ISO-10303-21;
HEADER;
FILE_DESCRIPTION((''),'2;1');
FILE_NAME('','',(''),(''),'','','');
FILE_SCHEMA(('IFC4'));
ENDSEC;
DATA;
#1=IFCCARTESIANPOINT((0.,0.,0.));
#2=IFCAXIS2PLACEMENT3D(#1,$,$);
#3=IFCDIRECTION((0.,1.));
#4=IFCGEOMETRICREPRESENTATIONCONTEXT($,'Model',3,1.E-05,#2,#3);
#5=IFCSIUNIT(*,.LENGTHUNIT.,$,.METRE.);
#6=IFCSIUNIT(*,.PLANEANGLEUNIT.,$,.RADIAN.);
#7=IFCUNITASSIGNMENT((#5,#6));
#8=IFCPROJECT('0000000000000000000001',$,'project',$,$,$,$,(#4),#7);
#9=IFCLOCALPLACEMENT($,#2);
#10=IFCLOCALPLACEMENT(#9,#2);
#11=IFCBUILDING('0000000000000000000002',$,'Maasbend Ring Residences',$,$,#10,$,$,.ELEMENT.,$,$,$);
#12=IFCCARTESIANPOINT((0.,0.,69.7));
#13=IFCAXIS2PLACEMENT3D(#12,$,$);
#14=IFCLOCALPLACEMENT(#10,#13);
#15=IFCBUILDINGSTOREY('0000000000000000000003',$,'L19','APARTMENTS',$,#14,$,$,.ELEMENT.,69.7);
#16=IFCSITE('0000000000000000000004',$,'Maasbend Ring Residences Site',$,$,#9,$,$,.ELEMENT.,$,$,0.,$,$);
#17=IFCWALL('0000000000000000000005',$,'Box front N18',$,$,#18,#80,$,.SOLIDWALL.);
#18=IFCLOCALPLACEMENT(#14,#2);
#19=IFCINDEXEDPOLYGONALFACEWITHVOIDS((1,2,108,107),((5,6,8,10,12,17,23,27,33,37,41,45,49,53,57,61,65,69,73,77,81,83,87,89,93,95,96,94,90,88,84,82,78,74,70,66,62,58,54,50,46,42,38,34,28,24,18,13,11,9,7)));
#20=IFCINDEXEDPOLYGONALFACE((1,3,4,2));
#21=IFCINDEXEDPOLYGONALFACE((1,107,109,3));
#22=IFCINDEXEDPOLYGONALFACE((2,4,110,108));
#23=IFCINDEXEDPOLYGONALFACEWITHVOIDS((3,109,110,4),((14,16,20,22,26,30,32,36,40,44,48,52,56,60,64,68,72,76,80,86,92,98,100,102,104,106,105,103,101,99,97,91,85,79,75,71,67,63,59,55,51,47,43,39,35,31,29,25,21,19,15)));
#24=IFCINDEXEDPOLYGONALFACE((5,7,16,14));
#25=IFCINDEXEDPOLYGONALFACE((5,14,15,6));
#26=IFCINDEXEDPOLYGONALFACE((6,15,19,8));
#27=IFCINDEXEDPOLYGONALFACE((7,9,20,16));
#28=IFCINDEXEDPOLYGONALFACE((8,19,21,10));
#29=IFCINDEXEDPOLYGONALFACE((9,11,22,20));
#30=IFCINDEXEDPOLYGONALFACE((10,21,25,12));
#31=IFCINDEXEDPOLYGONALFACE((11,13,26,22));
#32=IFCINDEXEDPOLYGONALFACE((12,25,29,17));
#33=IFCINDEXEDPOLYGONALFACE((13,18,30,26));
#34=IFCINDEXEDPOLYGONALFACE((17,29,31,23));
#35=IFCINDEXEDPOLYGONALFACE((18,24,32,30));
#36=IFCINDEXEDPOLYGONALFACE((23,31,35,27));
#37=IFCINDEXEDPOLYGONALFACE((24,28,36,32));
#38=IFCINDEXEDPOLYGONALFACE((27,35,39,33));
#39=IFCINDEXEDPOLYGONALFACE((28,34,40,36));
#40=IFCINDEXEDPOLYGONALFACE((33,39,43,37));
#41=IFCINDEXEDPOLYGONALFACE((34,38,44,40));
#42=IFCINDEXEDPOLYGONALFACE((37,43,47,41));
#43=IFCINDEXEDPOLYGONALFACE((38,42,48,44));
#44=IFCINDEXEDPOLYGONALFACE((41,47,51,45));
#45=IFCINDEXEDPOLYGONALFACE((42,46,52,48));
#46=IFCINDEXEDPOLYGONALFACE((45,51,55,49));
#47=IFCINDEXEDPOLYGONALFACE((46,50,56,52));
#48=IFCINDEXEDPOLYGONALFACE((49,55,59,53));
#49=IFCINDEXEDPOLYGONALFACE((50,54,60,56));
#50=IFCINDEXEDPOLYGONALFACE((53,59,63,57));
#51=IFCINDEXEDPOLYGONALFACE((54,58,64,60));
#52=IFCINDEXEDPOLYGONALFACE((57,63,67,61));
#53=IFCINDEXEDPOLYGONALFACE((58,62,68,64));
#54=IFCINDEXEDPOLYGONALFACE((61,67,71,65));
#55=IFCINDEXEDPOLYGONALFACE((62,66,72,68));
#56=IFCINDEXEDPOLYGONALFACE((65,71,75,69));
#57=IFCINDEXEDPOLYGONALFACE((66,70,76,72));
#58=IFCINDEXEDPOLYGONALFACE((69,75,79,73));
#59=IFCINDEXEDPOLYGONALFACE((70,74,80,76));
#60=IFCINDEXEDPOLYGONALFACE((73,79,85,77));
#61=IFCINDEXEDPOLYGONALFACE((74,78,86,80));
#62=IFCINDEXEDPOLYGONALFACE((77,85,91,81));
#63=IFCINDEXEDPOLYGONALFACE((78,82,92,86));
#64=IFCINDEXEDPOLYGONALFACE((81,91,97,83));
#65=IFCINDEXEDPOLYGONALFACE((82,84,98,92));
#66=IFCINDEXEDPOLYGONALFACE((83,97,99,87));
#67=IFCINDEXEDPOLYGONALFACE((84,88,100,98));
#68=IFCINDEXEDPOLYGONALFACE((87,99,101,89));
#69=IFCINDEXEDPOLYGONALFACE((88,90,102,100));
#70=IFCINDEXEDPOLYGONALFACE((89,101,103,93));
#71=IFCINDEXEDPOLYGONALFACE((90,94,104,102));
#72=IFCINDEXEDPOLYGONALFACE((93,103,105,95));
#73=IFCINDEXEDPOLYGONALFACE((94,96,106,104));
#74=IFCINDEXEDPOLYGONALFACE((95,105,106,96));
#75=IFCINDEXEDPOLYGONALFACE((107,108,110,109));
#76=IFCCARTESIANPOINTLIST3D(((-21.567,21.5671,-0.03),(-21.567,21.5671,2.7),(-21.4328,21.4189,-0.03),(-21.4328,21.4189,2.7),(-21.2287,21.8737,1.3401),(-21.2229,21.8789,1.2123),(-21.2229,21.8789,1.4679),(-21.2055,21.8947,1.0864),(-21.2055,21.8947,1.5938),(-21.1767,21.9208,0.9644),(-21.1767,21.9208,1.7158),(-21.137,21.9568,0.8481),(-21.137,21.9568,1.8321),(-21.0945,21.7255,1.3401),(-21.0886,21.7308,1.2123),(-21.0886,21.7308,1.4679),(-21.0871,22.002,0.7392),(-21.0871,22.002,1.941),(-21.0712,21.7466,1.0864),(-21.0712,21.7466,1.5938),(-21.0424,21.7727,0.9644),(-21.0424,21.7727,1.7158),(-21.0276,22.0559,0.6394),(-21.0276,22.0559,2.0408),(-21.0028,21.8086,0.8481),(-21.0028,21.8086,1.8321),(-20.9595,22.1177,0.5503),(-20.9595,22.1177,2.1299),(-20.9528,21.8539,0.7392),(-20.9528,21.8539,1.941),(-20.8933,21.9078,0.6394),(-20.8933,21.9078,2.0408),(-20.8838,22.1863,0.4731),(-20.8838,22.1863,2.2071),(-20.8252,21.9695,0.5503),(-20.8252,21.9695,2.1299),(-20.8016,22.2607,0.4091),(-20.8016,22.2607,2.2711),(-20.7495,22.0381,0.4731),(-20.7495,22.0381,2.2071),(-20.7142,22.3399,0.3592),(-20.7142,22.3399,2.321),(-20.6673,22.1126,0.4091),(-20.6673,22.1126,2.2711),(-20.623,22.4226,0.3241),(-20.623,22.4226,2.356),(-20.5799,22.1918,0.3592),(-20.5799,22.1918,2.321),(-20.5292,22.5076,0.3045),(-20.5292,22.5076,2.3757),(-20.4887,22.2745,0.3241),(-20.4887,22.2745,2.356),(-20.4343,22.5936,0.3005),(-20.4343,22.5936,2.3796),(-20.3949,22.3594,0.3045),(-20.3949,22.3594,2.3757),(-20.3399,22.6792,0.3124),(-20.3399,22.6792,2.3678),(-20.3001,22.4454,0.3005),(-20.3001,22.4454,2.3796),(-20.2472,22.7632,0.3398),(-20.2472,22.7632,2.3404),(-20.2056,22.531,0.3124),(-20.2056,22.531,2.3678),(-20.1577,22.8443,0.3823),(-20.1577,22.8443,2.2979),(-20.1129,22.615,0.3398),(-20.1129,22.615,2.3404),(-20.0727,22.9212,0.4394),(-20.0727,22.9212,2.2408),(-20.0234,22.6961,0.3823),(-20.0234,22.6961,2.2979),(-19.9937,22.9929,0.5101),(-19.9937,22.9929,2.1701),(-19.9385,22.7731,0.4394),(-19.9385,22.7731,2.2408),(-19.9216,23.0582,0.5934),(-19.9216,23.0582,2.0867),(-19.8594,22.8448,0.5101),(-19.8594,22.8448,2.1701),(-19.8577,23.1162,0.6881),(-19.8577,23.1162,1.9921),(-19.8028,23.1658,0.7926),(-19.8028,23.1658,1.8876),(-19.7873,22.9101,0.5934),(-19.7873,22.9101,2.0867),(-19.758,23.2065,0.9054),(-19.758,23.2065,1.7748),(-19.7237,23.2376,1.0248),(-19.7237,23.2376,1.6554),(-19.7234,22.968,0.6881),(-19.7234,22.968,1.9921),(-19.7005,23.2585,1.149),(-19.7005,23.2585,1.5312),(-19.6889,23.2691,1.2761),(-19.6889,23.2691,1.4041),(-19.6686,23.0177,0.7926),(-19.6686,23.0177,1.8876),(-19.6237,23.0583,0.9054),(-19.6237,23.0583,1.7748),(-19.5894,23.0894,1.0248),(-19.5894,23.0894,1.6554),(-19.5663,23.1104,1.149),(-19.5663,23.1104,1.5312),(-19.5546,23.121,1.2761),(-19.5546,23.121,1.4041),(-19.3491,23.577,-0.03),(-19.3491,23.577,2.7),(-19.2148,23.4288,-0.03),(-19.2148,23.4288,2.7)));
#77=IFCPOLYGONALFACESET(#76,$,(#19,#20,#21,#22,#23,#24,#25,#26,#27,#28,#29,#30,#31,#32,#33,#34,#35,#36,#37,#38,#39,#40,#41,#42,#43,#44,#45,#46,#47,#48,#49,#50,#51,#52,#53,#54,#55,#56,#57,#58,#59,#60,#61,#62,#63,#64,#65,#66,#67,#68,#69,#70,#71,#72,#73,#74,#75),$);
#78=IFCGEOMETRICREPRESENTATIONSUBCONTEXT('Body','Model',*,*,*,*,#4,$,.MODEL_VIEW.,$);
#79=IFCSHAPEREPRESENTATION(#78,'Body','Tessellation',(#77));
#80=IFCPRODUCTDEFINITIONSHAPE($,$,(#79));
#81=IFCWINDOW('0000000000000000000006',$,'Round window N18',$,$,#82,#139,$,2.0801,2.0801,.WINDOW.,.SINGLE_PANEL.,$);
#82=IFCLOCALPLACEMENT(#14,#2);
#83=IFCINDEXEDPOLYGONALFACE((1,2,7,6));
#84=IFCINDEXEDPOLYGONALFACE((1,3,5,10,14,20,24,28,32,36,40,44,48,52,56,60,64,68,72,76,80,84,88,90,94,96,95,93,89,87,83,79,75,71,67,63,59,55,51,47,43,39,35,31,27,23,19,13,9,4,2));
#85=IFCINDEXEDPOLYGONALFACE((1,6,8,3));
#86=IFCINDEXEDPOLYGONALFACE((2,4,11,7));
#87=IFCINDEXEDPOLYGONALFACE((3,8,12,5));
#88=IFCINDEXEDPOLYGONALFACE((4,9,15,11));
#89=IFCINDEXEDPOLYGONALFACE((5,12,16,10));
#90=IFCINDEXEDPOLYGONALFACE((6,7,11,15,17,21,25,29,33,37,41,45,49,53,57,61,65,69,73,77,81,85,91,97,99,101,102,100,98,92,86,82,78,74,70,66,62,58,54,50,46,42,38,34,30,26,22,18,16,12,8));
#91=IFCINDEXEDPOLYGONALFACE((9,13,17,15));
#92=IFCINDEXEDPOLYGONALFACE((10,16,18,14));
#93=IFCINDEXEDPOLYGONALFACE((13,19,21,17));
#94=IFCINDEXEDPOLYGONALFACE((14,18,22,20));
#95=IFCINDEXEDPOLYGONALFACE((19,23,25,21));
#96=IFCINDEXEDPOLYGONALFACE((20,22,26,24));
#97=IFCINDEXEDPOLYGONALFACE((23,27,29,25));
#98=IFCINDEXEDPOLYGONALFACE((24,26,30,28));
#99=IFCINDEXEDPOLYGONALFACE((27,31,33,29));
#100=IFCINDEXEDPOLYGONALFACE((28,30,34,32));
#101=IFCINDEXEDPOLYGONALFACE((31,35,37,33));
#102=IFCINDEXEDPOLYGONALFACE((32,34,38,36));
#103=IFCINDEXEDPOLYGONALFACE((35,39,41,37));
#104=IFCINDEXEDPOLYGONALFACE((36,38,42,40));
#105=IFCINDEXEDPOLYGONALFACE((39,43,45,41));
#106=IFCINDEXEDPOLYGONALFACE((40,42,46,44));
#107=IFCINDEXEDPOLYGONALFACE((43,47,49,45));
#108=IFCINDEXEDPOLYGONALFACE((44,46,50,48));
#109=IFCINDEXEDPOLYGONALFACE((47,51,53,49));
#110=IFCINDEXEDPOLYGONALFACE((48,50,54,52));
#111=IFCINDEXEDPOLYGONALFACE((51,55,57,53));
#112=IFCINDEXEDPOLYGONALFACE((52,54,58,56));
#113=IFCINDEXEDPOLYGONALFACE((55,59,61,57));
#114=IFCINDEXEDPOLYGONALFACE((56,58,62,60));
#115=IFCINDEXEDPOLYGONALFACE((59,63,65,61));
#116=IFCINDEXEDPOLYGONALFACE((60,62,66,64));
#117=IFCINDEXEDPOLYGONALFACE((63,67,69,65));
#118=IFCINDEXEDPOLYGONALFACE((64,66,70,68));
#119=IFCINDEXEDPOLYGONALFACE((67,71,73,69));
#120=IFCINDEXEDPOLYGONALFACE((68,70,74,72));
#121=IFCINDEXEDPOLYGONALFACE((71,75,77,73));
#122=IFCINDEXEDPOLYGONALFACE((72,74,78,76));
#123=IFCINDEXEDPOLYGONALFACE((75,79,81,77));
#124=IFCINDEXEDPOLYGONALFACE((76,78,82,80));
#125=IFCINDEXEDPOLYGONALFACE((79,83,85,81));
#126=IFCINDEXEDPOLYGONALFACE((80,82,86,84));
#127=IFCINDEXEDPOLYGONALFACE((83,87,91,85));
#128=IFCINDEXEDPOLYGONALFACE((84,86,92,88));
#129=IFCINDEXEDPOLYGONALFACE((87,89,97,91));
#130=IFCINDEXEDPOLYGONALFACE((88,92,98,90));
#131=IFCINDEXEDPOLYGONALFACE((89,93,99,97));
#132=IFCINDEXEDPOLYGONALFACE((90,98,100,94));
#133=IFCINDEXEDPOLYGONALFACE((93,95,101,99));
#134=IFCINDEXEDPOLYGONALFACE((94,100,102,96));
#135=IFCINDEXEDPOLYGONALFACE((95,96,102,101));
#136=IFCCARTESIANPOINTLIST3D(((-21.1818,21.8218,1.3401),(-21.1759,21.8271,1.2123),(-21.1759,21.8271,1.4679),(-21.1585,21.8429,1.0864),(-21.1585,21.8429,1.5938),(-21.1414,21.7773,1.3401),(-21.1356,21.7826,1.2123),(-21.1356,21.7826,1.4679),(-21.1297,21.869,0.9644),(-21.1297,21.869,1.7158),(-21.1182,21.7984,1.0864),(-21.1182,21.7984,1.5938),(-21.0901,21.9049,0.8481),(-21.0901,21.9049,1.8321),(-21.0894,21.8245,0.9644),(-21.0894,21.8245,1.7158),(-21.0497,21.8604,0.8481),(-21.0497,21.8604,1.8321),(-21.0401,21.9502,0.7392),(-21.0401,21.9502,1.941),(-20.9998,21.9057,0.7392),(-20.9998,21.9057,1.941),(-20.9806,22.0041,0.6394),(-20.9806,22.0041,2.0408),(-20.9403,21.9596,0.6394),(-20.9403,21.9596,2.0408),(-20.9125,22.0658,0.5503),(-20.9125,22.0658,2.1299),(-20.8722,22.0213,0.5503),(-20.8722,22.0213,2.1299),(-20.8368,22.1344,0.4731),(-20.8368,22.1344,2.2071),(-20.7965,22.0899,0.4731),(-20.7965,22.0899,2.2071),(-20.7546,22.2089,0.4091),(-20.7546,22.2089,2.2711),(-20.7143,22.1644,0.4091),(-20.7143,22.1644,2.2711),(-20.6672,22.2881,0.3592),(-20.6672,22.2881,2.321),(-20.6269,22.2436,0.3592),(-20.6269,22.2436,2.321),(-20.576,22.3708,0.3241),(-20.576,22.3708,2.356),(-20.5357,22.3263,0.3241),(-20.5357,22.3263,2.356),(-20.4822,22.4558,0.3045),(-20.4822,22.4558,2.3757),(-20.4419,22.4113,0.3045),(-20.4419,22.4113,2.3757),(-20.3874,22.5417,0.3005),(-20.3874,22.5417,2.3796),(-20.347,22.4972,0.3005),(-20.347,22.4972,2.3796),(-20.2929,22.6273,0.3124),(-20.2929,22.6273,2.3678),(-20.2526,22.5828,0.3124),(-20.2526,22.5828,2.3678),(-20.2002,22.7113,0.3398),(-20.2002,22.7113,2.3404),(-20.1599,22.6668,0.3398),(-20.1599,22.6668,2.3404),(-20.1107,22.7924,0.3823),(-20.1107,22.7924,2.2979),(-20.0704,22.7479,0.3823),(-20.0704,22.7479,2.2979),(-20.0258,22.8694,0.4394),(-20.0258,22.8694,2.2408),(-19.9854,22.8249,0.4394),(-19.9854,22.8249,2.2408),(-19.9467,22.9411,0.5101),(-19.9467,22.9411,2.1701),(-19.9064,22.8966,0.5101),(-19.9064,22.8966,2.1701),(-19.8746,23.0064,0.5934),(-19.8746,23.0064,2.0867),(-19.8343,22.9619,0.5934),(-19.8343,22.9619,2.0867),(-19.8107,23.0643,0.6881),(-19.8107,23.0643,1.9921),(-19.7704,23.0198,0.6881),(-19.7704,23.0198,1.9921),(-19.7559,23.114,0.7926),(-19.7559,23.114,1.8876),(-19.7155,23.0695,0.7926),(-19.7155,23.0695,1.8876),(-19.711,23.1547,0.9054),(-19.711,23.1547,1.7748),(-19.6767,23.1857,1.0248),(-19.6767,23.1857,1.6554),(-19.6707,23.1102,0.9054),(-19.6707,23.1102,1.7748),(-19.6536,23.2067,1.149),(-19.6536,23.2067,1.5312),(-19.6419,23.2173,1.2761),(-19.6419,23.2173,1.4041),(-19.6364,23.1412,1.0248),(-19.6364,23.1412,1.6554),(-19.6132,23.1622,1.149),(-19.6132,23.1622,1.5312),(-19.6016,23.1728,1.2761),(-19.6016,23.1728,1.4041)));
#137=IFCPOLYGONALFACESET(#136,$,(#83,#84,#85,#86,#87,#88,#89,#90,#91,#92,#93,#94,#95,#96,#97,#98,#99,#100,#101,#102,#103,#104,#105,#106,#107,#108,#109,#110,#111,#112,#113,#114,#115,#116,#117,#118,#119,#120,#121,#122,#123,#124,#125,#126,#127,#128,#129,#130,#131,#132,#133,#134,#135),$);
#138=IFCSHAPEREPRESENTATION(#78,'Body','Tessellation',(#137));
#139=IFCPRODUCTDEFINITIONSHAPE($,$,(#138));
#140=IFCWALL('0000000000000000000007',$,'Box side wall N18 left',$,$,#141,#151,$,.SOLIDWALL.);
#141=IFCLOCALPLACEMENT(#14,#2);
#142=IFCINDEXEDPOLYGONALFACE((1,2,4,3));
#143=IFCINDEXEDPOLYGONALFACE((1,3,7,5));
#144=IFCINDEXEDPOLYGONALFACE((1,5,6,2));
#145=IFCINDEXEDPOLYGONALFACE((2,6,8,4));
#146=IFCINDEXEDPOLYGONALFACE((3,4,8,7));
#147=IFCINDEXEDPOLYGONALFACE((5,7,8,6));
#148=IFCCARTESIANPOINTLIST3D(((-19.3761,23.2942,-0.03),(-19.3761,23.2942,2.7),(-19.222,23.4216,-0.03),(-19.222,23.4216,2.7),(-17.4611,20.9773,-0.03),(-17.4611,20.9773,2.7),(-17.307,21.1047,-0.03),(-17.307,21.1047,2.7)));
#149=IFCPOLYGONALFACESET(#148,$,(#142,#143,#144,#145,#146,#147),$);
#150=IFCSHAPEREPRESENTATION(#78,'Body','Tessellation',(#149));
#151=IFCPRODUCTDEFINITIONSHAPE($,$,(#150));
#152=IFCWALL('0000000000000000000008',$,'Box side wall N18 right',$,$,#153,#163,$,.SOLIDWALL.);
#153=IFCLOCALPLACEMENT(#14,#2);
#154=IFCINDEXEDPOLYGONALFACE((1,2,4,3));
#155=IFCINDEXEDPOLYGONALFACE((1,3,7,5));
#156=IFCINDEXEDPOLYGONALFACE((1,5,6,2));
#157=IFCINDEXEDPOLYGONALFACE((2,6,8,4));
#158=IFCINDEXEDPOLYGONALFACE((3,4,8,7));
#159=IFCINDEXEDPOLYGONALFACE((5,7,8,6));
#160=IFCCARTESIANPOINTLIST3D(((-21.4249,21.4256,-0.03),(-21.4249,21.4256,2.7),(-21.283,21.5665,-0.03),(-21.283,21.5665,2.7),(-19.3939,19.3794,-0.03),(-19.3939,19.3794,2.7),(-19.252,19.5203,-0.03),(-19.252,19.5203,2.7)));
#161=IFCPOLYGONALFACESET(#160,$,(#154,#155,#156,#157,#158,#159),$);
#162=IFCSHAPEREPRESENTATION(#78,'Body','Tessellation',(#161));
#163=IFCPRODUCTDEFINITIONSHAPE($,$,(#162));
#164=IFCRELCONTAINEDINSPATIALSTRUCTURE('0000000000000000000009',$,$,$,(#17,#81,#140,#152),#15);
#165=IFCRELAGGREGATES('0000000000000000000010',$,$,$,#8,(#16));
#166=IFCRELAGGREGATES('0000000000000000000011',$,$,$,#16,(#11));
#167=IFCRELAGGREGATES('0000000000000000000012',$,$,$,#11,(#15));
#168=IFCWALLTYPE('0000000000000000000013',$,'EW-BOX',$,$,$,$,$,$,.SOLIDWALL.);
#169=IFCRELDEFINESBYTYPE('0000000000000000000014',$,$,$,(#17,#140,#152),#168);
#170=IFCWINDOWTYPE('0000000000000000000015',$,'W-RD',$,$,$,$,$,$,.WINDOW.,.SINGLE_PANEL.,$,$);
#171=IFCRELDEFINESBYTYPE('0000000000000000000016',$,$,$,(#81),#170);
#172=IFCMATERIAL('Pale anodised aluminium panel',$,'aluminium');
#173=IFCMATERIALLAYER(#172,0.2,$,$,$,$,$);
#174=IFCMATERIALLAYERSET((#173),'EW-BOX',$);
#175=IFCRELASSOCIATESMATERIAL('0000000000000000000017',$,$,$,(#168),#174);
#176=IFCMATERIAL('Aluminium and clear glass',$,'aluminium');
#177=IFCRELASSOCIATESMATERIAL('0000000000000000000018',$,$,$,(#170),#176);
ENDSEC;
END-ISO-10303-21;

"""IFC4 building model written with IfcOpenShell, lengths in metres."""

from ifc_helpers import new_model, si_unit, direction, frame, frame_2d, origin, place, context, subcontext, project, spatial, rectangle, circle, extrude, material, layer, layer_set, type_object, element, fill, save


model = new_model("IFC4")

# Units and contexts
model_context = context("Model", 3, precision=1e-05, world=origin(), true_north=direction((0.0, 1.0)))
body_context = subcontext(model_context, "Body", "Model", "MODEL_VIEW")
ifc_project = project(units=[si_unit("LENGTHUNIT", "METRE"), si_unit("PLANEANGLEUNIT", "RADIAN")], contexts=[model_context])

# Site, building, storey
site_placement = place(None, origin())
site = spatial("IfcSite", under=ifc_project, at=site_placement, Name="Maasbend Ring Residences Site", CompositionType="ELEMENT", RefElevation=0.0)
building_placement = place(site_placement, origin())
building = spatial("IfcBuilding", under=site, at=building_placement, Name="Maasbend Ring Residences", CompositionType="ELEMENT")
storey_placement = place(building_placement, frame((0.0, 0.0, 69.7)))
storey = spatial("IfcBuildingStorey", under=building, at=storey_placement, Name="L19", Description="APARTMENTS", CompositionType="ELEMENT", Elevation=69.7)

# Shared definitions
ifc_material_1 = material(Name="Pale anodised aluminium panel", Category="aluminium")
ifc_layer_1 = layer(ifc_material_1, 0.2)
ifc_layer_set_1 = layer_set([ifc_layer_1], Name="EW-BOX")
wall_type_1 = type_object("IfcWallType", Name="EW-BOX", PredefinedType="SOLIDWALL", material=ifc_layer_set_1)
ifc_material_2 = material(Name="Aluminium and clear glass", Category="aluminium")
window_type_1 = type_object("IfcWindowType", Name="W-RD", PartitioningType="SINGLE_PANEL", PredefinedType="WINDOW", material=ifc_material_2)

# Wall, opening, window
wall_1_placement = place(storey_placement, frame((-19.282, 23.5029, -0.03), z_axis=(0.0, 0.0, 1.0), x_axis=(-0.740998, -0.671507, 0.0)))
wall_1 = element("IfcWall", 1, at=wall_1_placement, inside=storey, type_object=wall_type_1, Name="Box front N18", PredefinedType="SOLIDWALL", context=body_context, shape_type="SweptSolid", body=[
    extrude(rectangle(XDim=2.9932, YDim=0.2, at=frame_2d((1.4966, 0.0))), origin(), (0.0, 0.0, 1.0), 2.73),
])
opening_1_placement = place(wall_1_placement, frame((0.4565, 0.0, 0.3301)))
opening_1 = element("IfcOpeningElement", 2, at=opening_1_placement, cuts=wall_1, PredefinedType="OPENING", context=body_context, shape_type="SweptSolid", body=[
    extrude(circle(Radius=1.04, at=frame_2d((1.04, 1.04))), frame((0.0, 0.1099, 0.0), z_axis=(0.0, -1.0, 0.0), x_axis=(1.0, 0.0, 0.0)), (0.0, 0.0, 1.0), 0.22),
])
window_1_placement = place(opening_1_placement, origin())
window_1 = element("IfcWindow", 3, at=window_1_placement, inside=storey, type_object=window_type_1, Name="Round window N18", OverallHeight=2.0801, OverallWidth=2.0801, PartitioningType="SINGLE_PANEL", PredefinedType="WINDOW", context=body_context, shape_type="SweptSolid", body=[
    extrude(circle(Radius=1.04, at=frame_2d((1.04, 1.04))), frame((0.0, 0.03, 0.0), z_axis=(0.0, -1.0, 0.0), x_axis=(1.0, 0.0, 0.0)), (0.0, 0.0, 1.0), 0.0601),
])
fill(opening_1, window_1)

# Walls
wall_2_placement = place(storey_placement, frame((-17.384, 21.041, -0.03), z_axis=(0.0, 0.0, 1.0), x_axis=(-0.637096, 0.770785, 0.0)))
element("IfcWall", 4, at=wall_2_placement, inside=storey, type_object=wall_type_1, Name="Box side wall N18 left", PredefinedType="SOLIDWALL", context=body_context, shape_type="SweptSolid", body=[
    extrude(rectangle(XDim=3.0059, YDim=0.2, at=frame_2d((1.5029, 0.0))), origin(), (0.0, 0.0, 1.0), 2.73),
])
wall_3_placement = place(storey_placement, frame((-19.323, 19.45, -0.03), z_axis=(0.0, 0.0, 1.0), x_axis=(-0.704477, 0.709727, 0.0)))
element("IfcWall", 5, at=wall_3_placement, inside=storey, type_object=wall_type_1, Name="Box side wall N18 right", PredefinedType="SOLIDWALL", context=body_context, shape_type="SweptSolid", body=[
    extrude(rectangle(XDim=2.8831, YDim=0.2, at=frame_2d((1.4414, 0.0))), origin(), (0.0, 0.0, 1.0), 2.73),
])

save(model, "model.ifc")
